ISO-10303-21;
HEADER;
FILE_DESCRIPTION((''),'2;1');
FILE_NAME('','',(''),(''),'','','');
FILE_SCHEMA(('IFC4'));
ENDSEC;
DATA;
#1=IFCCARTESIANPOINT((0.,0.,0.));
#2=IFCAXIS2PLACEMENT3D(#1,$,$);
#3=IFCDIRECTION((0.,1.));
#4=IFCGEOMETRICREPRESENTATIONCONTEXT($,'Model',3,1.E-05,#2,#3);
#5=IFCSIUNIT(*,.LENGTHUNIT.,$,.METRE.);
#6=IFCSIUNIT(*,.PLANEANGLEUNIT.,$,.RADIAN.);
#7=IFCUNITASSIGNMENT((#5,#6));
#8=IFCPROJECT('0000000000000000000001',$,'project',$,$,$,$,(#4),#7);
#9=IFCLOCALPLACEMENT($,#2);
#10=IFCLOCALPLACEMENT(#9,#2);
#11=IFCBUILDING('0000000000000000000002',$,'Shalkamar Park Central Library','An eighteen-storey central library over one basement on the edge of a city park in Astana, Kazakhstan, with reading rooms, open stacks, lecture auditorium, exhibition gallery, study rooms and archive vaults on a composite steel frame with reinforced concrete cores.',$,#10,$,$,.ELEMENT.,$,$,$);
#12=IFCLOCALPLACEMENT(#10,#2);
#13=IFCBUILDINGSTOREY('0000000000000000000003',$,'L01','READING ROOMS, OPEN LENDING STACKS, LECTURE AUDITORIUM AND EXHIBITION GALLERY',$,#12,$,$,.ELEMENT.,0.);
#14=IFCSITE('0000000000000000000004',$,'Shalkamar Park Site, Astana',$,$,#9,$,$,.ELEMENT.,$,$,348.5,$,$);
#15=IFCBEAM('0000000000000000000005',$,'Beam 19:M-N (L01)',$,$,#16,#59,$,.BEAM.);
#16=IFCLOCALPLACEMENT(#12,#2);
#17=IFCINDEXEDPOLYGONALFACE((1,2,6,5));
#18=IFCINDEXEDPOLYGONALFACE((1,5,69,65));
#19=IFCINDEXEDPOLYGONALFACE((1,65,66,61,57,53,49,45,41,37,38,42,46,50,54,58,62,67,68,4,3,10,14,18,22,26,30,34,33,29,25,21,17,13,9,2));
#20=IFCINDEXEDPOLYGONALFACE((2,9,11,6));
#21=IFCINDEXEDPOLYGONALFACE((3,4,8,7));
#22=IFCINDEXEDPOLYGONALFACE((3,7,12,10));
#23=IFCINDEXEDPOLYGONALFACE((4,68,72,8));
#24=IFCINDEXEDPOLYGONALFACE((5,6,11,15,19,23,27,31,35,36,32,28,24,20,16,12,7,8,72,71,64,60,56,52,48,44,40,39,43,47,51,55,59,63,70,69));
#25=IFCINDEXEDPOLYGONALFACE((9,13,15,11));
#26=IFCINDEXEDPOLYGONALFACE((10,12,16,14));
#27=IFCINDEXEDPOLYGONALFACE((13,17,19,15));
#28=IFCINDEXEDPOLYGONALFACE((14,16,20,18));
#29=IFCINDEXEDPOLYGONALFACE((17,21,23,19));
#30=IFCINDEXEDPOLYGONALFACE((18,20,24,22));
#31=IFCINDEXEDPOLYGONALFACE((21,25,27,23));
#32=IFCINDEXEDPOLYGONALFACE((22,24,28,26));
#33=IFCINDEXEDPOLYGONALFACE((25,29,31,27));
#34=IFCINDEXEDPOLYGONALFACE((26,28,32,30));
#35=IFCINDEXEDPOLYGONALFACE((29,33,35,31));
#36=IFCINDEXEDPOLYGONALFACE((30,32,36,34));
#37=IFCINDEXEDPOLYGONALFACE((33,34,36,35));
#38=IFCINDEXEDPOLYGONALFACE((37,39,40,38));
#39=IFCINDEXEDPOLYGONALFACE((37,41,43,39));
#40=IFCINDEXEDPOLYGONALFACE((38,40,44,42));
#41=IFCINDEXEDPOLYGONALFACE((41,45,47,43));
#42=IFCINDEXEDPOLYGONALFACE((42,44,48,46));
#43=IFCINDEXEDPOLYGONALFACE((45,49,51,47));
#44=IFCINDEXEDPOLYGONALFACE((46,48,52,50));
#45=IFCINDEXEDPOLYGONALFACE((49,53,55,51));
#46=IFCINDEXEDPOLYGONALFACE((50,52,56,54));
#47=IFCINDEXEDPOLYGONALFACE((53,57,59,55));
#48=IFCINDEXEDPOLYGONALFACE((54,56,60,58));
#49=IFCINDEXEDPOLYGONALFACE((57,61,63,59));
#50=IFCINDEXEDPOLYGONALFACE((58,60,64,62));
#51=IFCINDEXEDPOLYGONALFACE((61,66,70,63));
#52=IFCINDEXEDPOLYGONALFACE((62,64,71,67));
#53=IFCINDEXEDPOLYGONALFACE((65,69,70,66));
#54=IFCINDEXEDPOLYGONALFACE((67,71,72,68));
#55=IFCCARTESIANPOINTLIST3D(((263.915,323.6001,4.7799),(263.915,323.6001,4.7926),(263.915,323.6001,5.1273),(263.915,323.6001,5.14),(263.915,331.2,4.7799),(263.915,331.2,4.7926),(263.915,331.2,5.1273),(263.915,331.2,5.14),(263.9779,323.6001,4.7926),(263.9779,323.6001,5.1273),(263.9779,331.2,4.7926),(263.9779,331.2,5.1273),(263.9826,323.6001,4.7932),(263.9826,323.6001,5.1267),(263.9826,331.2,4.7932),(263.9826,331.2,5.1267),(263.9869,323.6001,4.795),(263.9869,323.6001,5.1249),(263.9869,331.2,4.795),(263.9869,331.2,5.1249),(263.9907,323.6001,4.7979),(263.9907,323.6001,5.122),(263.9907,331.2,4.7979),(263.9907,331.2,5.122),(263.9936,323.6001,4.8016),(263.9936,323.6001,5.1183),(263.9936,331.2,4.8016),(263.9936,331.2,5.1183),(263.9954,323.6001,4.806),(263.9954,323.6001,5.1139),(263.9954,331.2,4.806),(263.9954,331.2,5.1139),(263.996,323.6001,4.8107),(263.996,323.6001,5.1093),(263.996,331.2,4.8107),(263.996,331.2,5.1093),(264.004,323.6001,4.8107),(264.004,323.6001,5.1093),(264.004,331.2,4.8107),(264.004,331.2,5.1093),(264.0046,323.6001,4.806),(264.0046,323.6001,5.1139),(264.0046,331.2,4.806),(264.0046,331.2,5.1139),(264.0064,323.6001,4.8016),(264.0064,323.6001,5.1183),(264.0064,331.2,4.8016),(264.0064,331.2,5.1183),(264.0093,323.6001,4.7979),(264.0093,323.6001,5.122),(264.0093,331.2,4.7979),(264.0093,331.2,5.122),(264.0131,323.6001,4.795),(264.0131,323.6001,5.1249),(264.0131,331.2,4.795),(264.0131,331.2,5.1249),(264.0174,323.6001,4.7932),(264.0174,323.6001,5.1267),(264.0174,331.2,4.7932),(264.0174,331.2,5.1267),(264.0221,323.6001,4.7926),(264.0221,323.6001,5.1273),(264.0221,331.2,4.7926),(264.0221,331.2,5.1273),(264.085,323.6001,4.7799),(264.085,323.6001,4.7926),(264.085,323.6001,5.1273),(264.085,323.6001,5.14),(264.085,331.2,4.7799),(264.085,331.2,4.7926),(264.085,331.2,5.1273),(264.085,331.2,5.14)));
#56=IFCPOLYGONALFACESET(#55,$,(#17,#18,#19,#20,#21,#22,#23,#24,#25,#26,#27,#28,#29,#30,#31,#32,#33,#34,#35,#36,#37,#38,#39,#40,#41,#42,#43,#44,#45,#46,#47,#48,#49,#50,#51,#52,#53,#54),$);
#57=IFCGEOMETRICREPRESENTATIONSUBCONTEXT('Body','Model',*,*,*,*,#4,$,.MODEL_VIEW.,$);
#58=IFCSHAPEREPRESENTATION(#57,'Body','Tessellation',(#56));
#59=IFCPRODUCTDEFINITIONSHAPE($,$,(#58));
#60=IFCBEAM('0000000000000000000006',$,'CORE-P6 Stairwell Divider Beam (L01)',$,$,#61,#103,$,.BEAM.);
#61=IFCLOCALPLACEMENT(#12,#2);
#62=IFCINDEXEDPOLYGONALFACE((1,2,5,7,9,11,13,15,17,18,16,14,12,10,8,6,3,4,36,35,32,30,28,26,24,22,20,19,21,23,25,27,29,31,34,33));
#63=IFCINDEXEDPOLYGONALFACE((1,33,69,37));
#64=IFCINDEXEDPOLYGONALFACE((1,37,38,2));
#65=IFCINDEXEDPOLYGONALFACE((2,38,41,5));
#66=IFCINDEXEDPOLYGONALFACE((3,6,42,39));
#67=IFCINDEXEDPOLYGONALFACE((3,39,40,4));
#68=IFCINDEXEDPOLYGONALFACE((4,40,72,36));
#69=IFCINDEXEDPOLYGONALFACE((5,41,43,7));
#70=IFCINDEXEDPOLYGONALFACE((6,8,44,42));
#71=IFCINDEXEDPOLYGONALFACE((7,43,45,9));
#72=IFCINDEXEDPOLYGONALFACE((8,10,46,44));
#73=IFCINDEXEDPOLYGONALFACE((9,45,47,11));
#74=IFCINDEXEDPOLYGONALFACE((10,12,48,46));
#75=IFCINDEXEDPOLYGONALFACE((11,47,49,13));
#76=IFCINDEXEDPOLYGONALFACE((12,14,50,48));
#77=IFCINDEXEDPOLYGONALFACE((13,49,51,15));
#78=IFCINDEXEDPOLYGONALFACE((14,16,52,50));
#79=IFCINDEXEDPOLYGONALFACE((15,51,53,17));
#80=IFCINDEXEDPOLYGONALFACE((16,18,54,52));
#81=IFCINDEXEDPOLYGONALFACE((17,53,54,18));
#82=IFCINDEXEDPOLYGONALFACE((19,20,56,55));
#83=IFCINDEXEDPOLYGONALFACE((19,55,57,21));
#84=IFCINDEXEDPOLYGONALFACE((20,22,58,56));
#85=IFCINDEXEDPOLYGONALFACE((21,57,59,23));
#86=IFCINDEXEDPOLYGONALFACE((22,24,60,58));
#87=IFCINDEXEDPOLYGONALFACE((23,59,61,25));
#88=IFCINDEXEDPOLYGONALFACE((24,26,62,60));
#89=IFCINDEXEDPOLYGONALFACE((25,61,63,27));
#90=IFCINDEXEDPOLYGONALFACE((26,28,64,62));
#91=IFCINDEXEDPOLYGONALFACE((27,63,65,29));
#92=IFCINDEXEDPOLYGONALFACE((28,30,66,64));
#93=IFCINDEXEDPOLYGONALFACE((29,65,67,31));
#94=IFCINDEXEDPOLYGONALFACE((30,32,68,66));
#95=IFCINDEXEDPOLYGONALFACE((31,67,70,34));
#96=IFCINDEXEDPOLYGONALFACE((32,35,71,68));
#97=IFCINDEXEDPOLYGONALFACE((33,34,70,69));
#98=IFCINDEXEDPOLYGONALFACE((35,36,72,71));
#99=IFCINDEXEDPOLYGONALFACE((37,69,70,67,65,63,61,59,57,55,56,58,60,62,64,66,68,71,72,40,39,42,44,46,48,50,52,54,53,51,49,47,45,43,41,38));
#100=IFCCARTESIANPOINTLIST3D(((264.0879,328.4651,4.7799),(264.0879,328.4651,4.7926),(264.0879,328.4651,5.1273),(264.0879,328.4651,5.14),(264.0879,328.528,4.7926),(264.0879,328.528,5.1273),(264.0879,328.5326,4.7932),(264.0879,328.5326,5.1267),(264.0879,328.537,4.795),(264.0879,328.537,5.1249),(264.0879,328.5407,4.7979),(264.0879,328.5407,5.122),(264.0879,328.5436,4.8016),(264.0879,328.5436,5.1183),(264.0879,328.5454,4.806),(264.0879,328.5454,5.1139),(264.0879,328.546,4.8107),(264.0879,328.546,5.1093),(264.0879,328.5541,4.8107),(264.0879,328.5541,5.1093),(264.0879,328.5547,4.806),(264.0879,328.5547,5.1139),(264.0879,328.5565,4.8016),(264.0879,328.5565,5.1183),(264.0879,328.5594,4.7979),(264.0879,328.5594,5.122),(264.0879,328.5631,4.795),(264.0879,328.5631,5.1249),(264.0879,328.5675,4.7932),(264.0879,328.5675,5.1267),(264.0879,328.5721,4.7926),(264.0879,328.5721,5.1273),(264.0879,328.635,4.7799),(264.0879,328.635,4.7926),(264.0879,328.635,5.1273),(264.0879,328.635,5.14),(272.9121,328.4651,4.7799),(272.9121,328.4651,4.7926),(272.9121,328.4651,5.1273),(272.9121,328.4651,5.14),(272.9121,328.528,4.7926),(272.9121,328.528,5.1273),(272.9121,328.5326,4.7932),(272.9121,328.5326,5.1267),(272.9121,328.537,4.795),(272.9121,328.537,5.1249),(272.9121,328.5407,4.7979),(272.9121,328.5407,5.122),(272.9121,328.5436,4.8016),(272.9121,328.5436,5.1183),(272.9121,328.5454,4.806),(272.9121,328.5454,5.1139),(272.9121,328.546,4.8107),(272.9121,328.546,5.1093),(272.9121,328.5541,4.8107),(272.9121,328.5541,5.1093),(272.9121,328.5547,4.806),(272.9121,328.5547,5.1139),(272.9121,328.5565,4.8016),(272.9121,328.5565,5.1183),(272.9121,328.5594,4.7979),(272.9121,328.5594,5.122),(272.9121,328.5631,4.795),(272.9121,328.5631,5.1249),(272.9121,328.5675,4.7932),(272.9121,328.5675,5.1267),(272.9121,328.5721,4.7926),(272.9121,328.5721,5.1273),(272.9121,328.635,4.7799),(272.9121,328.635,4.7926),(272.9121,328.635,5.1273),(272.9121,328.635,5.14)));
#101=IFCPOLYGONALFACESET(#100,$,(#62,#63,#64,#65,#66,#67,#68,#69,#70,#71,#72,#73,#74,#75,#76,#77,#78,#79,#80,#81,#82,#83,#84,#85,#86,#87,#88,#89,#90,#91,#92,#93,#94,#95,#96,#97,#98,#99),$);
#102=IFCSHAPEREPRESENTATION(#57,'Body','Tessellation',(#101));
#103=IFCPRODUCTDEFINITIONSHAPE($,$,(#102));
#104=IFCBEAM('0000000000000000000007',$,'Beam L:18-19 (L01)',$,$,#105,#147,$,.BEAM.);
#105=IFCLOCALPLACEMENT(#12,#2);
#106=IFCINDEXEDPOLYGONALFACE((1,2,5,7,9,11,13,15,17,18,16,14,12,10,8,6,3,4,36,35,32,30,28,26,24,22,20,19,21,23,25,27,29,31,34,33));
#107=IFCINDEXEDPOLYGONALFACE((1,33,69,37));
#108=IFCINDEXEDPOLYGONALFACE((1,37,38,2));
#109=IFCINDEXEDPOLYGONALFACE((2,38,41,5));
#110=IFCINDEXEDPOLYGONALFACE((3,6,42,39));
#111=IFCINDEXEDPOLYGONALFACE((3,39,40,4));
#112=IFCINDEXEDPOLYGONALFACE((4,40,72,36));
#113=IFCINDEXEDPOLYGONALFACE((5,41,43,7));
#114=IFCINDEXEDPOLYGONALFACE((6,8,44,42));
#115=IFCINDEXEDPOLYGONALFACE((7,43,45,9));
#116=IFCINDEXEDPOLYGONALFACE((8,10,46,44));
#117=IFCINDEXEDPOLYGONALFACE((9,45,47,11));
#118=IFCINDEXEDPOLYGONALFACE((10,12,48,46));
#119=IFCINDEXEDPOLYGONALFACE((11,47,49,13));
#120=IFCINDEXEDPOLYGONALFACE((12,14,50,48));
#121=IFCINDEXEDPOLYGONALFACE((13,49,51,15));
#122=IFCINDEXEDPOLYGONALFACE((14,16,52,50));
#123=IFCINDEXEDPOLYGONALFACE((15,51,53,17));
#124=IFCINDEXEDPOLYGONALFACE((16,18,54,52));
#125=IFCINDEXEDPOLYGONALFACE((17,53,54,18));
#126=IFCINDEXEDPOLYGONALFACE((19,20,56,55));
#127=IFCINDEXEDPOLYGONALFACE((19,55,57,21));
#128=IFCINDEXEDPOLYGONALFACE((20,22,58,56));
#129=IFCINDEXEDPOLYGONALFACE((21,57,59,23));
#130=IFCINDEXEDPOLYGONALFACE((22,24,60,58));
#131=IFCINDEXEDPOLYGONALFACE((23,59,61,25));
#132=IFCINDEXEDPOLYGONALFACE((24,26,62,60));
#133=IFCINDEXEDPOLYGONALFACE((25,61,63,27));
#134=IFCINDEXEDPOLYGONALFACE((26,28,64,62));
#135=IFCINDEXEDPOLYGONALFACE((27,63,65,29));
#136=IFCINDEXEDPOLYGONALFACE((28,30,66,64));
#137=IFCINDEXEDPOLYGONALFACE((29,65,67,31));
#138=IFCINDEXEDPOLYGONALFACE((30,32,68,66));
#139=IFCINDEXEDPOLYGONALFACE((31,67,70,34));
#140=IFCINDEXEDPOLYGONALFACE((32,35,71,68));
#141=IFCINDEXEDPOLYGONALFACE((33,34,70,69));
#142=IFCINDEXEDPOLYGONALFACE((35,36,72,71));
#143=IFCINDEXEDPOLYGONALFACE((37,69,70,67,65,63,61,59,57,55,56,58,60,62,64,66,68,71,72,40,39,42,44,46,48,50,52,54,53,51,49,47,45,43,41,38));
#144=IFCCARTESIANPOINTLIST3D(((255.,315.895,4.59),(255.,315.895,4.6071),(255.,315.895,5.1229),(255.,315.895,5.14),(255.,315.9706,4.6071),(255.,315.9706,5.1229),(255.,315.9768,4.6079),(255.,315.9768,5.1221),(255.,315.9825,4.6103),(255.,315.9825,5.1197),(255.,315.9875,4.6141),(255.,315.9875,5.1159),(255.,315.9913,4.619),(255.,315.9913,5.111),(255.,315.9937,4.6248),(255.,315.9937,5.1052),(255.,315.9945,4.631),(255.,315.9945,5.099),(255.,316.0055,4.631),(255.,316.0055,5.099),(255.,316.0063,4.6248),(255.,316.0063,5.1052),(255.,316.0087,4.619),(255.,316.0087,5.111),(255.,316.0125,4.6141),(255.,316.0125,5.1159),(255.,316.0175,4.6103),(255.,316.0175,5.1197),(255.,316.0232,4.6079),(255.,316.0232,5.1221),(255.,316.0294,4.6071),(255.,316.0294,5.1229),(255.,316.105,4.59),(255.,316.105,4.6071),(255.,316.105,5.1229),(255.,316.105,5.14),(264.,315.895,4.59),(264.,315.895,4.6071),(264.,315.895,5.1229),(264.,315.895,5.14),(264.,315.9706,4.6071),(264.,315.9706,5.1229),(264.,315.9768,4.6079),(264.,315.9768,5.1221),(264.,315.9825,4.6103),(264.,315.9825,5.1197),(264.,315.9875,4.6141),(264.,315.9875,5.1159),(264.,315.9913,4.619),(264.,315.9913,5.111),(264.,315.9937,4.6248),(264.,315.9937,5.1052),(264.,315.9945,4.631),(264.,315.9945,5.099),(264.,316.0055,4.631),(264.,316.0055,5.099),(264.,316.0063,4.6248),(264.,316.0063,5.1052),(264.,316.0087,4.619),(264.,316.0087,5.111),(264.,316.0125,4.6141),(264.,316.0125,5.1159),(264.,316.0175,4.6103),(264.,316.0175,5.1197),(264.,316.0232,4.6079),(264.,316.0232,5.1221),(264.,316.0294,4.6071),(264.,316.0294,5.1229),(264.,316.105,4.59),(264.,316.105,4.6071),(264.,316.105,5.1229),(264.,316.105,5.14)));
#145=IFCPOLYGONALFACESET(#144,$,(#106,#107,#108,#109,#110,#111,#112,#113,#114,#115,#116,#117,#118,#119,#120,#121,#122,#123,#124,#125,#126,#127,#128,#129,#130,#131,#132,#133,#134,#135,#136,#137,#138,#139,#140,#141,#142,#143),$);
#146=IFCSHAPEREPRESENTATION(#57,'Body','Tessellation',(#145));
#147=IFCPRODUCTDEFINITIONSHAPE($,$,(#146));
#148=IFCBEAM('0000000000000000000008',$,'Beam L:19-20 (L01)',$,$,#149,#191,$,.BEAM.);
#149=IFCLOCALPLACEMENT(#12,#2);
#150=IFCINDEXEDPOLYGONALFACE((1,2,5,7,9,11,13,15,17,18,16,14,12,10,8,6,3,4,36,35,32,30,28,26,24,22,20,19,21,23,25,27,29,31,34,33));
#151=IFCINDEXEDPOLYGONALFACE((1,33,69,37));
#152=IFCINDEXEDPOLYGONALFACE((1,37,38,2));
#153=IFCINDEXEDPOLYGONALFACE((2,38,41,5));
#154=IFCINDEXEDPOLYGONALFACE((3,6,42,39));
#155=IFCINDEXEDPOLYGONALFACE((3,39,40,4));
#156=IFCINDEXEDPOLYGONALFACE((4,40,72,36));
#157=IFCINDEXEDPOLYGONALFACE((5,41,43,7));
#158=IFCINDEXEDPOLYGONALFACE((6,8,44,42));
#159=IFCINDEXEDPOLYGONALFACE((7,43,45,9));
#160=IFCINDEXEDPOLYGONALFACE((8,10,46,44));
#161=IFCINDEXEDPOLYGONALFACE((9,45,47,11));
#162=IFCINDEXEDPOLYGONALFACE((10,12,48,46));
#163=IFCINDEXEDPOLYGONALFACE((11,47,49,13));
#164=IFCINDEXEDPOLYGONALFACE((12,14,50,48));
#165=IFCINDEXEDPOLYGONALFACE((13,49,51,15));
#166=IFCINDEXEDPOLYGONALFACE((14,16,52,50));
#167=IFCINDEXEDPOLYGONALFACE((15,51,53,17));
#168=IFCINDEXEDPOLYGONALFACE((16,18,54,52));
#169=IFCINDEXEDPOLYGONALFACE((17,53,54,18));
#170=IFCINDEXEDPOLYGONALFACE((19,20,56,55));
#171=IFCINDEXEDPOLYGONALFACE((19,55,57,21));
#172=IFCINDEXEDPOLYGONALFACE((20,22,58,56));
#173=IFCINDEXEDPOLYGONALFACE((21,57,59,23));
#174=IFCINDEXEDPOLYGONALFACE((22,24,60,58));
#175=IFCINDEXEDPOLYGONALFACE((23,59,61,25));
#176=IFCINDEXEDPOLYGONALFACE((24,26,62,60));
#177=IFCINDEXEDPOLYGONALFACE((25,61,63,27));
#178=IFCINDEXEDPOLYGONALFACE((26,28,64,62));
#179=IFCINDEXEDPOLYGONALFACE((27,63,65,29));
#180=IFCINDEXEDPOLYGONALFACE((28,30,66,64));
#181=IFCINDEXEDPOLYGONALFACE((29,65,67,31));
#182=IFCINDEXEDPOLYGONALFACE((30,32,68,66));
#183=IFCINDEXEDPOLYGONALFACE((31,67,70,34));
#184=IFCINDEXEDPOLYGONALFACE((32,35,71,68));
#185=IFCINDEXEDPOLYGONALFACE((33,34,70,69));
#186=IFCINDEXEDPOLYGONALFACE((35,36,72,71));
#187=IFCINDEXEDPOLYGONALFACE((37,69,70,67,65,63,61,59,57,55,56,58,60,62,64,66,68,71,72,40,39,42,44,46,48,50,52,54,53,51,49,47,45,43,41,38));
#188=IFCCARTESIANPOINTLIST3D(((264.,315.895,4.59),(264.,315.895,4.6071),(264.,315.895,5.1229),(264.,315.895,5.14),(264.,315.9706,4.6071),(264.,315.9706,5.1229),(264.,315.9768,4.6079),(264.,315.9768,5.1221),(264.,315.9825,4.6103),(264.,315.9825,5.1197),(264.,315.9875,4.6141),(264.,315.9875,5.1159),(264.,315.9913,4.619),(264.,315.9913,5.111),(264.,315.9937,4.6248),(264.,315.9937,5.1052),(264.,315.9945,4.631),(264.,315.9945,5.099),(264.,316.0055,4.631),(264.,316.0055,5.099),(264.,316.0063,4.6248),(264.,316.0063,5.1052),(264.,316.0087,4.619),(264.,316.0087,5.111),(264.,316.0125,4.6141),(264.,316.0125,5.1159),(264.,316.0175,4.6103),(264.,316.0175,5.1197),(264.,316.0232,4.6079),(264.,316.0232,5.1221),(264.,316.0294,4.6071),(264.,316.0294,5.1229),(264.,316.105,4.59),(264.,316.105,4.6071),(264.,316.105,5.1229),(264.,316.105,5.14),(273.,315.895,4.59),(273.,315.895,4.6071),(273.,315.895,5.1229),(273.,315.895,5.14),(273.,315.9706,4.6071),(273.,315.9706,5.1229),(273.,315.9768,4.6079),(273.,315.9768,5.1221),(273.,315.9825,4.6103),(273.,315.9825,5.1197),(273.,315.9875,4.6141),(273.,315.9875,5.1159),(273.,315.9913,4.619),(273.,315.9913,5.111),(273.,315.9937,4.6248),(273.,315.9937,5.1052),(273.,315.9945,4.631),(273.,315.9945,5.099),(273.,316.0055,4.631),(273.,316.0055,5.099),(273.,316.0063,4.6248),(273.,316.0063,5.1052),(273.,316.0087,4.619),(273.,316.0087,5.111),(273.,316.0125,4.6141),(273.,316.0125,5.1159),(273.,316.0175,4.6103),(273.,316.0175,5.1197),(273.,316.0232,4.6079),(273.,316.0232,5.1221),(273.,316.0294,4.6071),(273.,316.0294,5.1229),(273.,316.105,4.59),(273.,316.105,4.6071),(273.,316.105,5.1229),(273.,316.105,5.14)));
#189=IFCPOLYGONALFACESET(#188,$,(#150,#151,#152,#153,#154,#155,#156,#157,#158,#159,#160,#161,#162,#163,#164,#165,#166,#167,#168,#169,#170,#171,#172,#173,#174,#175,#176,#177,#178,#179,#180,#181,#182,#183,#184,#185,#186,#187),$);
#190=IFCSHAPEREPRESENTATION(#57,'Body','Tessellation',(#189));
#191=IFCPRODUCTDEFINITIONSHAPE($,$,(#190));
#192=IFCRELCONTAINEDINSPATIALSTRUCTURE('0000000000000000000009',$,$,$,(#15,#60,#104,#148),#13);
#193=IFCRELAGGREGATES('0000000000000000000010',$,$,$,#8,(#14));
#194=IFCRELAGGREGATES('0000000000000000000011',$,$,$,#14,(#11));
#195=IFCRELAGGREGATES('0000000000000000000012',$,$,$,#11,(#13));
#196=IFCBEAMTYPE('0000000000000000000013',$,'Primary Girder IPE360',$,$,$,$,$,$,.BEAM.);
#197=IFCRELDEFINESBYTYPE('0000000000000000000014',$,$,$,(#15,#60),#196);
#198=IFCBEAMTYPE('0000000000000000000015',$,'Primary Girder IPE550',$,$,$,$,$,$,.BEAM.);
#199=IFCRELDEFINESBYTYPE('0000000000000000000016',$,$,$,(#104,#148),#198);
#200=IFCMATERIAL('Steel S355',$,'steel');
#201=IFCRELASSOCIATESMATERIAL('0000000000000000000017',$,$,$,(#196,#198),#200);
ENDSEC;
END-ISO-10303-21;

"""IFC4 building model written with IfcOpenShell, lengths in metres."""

from ifc_helpers import new_model, si_unit, direction, frame, origin, origin_2d, place, context, subcontext, project, spatial, i_section, extrude, material, material_profile, profile_set, type_object, element, save


model = new_model("IFC4")

# Units and contexts
model_context = context("Model", 3, precision=1e-05, world=origin(), true_north=direction((0.0, 1.0)))
body_context = subcontext(model_context, "Body", "Model", "MODEL_VIEW")
ifc_project = project(units=[si_unit("LENGTHUNIT", "METRE"), si_unit("PLANEANGLEUNIT", "RADIAN")], contexts=[model_context])

# Site, building, storey
site_placement = place(None, origin())
site = spatial("IfcSite", under=ifc_project, at=site_placement, Name="Shalkamar Park Site, Astana", CompositionType="ELEMENT", RefElevation=348.5)
building_placement = place(site_placement, origin())
building = spatial("IfcBuilding", under=site, at=building_placement, Name="Shalkamar Park Central Library", Description="An eighteen-storey central library over one basement on the edge of a city park in Astana, Kazakhstan, with reading rooms, open stacks, lecture auditorium, exhibition gallery, study rooms and archive vaults on a composite steel frame with reinforced concrete cores.", CompositionType="ELEMENT")
storey_placement = place(building_placement, origin())
storey = spatial("IfcBuildingStorey", under=building, at=storey_placement, Name="L01", Description="READING ROOMS, OPEN LENDING STACKS, LECTURE AUDITORIUM AND EXHIBITION GALLERY", CompositionType="ELEMENT", Elevation=0.0)

# Shared definitions
ifc_material_1 = material(Name="Steel S355", Category="steel")

# Beams
ifc_material_profile_1 = material_profile(ifc_material_1, i_section(OverallWidth=0.1699, OverallDepth=0.3601, WebThickness=0.0081, FlangeThickness=0.0127, FilletRadius=0.0181, at=origin_2d()), Name="IPE 360")
ifc_profile_set_1 = profile_set([ifc_material_profile_1], Name="Steel S355")
beam_type_1 = type_object("IfcBeamType", Name="Primary Girder IPE360", PredefinedType="BEAM", material=ifc_profile_set_1)
beam_1_placement = place(storey_placement, frame((264.0, 323.6001, 4.96), z_axis=(0.0, 1.0, 0.0), x_axis=(-1.0, 0.0, 0.0)))
element("IfcBeam", 1, at=beam_1_placement, inside=storey, type_object=beam_type_1, Name="Beam 19:M-N (L01)", PredefinedType="BEAM", context=body_context, shape_type="SweptSolid", body=[
    extrude(i_section(OverallWidth=0.1699, OverallDepth=0.3601, WebThickness=0.0081, FlangeThickness=0.0127, FilletRadius=0.0181, at=origin_2d()), origin(), (0.0, 0.0, 1.0), 7.5999),
])
beam_2_placement = place(storey_placement, frame((264.0879, 328.55, 4.96), z_axis=(1.0, 0.0, 0.0), x_axis=(0.0, 1.0, 0.0)))
element("IfcBeam", 2, at=beam_2_placement, inside=storey, type_object=beam_type_1, Name="CORE-P6 Stairwell Divider Beam (L01)", PredefinedType="BEAM", context=body_context, shape_type="SweptSolid", body=[
    extrude(i_section(OverallWidth=0.1699, OverallDepth=0.3601, WebThickness=0.0081, FlangeThickness=0.0127, FilletRadius=0.0181, at=origin_2d()), origin(), (0.0, 0.0, 1.0), 8.8242),
])
ifc_material_profile_2 = material_profile(ifc_material_1, i_section(OverallWidth=0.21, OverallDepth=0.55, WebThickness=0.011, FlangeThickness=0.0171, FilletRadius=0.0239, at=origin_2d()), Name="IPE 550")
ifc_profile_set_2 = profile_set([ifc_material_profile_2], Name="Steel S355")
beam_type_2 = type_object("IfcBeamType", Name="Primary Girder IPE550", PredefinedType="BEAM", material=ifc_profile_set_2)
for number, where, z_axis, x_axis, name in (
    (3, (255.0, 316.0, 4.865), (1.0, 0.0, 0.0), (0.0, 1.0, 0.0), "Beam L:18-19 (L01)"),
    (4, (264.0, 316.0, 4.865), (1.0, 0.0, 0.0), (0.0, 1.0, 0.0), "Beam L:19-20 (L01)"),
):
    element("IfcBeam", number, at=place(storey_placement, frame(where, z_axis=z_axis, x_axis=x_axis)), inside=storey, type_object=beam_type_2, Name=name, PredefinedType="BEAM", context=body_context, shape_type="SweptSolid", body=[
        extrude(i_section(OverallWidth=0.21, OverallDepth=0.55, WebThickness=0.011, FlangeThickness=0.0171, FilletRadius=0.0239, at=origin_2d()), origin(), (0.0, 0.0, 1.0), 9.0),
    ])

save(model, "model.ifc")
